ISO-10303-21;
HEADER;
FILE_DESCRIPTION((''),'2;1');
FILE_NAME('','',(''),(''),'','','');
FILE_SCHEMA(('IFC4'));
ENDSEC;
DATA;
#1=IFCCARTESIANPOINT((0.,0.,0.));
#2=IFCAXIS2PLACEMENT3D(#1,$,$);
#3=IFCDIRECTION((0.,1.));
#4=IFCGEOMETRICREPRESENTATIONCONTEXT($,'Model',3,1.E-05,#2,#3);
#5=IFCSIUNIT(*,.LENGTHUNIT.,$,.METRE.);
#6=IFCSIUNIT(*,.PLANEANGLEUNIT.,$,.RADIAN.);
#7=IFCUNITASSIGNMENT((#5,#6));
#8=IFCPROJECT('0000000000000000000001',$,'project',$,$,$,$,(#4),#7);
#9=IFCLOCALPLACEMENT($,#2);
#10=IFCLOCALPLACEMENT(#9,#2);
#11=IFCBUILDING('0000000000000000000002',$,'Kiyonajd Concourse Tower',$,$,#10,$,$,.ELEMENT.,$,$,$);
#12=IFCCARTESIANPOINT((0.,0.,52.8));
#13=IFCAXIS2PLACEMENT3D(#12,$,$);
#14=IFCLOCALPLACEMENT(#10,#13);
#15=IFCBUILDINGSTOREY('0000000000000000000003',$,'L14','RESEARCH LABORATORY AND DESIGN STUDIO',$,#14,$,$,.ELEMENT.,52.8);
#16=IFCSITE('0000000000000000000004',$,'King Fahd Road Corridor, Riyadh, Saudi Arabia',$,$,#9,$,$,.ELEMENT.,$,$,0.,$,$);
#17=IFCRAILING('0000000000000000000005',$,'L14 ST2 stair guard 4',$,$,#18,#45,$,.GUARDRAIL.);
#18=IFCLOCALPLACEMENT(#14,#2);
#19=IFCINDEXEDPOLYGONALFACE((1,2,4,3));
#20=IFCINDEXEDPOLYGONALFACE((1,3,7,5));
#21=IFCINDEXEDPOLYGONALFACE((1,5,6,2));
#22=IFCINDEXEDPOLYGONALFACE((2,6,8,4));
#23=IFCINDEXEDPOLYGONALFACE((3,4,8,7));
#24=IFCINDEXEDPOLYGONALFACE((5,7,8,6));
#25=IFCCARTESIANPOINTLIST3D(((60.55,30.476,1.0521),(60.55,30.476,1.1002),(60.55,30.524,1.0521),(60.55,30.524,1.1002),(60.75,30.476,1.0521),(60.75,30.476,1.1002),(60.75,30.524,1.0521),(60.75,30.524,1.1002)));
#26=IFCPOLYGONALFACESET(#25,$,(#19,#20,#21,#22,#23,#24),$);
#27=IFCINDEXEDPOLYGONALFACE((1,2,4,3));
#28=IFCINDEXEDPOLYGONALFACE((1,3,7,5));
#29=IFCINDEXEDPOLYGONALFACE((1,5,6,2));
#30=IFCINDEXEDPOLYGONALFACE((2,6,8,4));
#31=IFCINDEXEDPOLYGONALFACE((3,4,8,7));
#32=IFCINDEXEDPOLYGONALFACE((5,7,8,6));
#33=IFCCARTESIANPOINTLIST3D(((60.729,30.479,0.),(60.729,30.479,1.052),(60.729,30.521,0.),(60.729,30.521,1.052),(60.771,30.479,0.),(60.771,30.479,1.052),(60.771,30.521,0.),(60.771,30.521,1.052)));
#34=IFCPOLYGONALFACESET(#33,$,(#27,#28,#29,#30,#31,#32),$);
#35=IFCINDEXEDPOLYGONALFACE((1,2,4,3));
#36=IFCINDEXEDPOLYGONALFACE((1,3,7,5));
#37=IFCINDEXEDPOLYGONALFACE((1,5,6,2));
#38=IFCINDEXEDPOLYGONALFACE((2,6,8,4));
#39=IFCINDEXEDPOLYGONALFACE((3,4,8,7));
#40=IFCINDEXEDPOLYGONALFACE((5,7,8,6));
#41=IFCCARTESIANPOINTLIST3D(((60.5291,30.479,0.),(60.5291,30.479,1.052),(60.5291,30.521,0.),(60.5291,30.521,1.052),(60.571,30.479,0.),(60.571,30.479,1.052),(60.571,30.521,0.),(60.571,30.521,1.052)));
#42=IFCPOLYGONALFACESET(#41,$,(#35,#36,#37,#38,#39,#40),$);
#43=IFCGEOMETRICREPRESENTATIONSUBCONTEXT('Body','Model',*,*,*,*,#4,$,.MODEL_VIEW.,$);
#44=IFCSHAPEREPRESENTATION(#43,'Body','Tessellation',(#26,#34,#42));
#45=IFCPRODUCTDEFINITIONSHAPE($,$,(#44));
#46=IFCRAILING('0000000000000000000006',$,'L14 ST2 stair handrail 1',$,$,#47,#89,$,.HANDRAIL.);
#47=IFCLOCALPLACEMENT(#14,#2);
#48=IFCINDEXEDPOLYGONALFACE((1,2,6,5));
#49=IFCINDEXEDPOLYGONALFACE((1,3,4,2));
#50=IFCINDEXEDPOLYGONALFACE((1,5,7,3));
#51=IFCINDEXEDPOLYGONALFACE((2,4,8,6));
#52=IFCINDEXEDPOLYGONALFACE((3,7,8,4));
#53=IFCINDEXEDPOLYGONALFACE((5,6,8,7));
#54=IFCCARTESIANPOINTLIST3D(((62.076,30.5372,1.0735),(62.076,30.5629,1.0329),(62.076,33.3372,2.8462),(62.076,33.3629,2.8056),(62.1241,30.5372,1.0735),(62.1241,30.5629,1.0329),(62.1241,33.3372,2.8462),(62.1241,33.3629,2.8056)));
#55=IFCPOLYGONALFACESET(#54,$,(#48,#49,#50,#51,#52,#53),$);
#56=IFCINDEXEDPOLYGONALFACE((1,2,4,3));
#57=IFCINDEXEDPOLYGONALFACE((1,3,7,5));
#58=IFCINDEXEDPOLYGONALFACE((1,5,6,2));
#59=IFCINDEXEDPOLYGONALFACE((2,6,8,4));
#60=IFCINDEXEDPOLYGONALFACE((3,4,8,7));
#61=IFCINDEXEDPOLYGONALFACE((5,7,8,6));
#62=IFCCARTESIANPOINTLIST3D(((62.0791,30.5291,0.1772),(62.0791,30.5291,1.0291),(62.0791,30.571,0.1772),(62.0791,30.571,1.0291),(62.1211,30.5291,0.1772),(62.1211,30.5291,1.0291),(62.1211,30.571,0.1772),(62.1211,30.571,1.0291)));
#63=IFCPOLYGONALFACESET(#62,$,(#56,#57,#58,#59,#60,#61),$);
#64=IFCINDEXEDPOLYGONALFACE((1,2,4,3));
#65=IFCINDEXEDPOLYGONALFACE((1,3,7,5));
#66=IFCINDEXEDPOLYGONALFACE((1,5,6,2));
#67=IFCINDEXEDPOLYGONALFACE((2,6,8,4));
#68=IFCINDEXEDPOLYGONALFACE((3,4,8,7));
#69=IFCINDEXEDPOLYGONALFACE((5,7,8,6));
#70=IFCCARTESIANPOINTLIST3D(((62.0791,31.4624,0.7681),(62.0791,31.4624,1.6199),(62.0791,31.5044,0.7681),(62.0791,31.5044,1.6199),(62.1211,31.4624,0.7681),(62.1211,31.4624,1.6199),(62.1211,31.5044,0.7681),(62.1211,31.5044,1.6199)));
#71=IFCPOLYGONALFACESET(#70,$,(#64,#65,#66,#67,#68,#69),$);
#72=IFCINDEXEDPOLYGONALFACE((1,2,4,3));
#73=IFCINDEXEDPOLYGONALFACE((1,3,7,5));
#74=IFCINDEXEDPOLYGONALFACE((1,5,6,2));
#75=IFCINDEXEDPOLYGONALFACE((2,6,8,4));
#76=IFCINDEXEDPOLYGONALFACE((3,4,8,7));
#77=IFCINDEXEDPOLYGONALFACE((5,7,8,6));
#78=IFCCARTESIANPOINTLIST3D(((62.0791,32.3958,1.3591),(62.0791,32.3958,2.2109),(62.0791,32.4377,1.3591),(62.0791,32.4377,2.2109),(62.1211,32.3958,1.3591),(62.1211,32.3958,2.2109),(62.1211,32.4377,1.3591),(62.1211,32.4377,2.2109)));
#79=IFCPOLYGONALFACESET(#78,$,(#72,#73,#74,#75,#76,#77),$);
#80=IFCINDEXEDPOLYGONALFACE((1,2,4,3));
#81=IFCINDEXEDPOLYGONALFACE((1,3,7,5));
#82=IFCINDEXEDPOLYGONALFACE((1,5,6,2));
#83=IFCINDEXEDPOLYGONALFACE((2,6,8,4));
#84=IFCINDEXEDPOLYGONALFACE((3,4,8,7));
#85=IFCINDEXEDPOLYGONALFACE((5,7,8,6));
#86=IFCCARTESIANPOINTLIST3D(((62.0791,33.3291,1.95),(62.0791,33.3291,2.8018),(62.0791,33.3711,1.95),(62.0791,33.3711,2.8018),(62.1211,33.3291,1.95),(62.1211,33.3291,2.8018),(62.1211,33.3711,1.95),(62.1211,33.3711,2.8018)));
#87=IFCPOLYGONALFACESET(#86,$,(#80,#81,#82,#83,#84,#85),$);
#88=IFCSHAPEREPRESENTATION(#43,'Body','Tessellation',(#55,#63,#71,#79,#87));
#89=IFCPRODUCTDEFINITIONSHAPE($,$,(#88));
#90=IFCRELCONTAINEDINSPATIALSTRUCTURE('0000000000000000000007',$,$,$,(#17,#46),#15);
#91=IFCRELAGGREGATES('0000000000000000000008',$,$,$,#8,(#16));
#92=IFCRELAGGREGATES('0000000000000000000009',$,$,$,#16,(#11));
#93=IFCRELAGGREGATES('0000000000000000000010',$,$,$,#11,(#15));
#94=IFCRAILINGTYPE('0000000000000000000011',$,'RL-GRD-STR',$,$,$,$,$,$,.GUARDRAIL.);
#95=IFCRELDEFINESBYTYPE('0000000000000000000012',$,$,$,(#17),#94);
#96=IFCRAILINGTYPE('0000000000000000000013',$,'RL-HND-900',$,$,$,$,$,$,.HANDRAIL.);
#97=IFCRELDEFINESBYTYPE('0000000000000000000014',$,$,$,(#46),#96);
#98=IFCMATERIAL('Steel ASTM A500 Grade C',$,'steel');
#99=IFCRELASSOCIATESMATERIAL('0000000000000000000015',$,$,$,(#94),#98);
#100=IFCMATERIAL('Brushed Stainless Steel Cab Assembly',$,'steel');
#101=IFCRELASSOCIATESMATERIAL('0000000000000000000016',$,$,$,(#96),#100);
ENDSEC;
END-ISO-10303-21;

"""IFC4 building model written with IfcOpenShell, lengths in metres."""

from ifc_helpers import new_model, si_unit, direction, frame, origin, origin_2d, place, context, subcontext, project, spatial, rectangle, extrude, material, type_object, element, save


model = new_model("IFC4")

# Units and contexts
model_context = context("Model", 3, precision=1e-05, world=origin(), true_north=direction((0.0, 1.0)))
body_context = subcontext(model_context, "Body", "Model", "MODEL_VIEW")
ifc_project = project(units=[si_unit("LENGTHUNIT", "METRE"), si_unit("PLANEANGLEUNIT", "RADIAN")], contexts=[model_context])

# Site, building, storey
site_placement = place(None, origin())
site = spatial("IfcSite", under=ifc_project, at=site_placement, Name="King Fahd Road Corridor, Riyadh, Saudi Arabia", CompositionType="ELEMENT", RefElevation=0.0)
building_placement = place(site_placement, origin())
building = spatial("IfcBuilding", under=site, at=building_placement, Name="Kiyonajd Concourse Tower", CompositionType="ELEMENT")
storey_placement = place(building_placement, frame((0.0, 0.0, 52.8)))
storey = spatial("IfcBuildingStorey", under=building, at=storey_placement, Name="L14", Description="RESEARCH LABORATORY AND DESIGN STUDIO", CompositionType="ELEMENT", Elevation=52.8)

# Railings
ifc_material_1 = material(Name="Steel ASTM A500 Grade C", Category="steel")
railing_type_1 = type_object("IfcRailingType", Name="RL-GRD-STR", PredefinedType="GUARDRAIL", material=ifc_material_1)
railing_1_placement = place(storey_placement, frame((60.75, 30.5, 0.0)))
element("IfcRailing", 1, at=railing_1_placement, inside=storey, type_object=railing_type_1, Name="L14 ST2 stair guard 4", PredefinedType="GUARDRAIL", context=body_context, shape_type="SweptSolid", body=[
    extrude(rectangle(XDim=0.0481, YDim=0.0481, at=origin_2d()), frame((0.0, 0.0, 1.0762), z_axis=(-1.0, 0.0, 0.0), x_axis=(0.0, -1.0, 0.0)), (0.0, 0.0, 1.0), 0.2),
    extrude(rectangle(XDim=0.042, YDim=0.042, at=origin_2d()), origin(), (0.0, 0.0, 1.0), 1.052),
    extrude(rectangle(XDim=0.042, YDim=0.042, at=origin_2d()), frame((-0.2, 0.0, 0.0)), (0.0, 0.0, 1.0), 1.052),
])
ifc_material_2 = material(Name="Brushed Stainless Steel Cab Assembly", Category="steel")
railing_type_2 = type_object("IfcRailingType", Name="RL-HND-900", PredefinedType="HANDRAIL", material=ifc_material_2)
railing_2_placement = place(storey_placement, frame((62.1001, 30.55, 0.1772)))
element("IfcRailing", 2, at=railing_2_placement, inside=storey, type_object=railing_type_2, Name="L14 ST2 stair handrail 1", PredefinedType="HANDRAIL", context=body_context, shape_type="SweptSolid", body=[
    extrude(rectangle(XDim=0.0481, YDim=0.0481, at=origin_2d()), frame((0.0, 0.0, 0.876), z_axis=(0.0, 0.844909, 0.53491), x_axis=(-1.0, 0.0, 0.0)), (0.0, 0.0, 1.0), 3.314),
    extrude(rectangle(XDim=0.042, YDim=0.042, at=origin_2d()), origin(), (0.0, 0.0, 1.0), 0.8518),
    extrude(rectangle(XDim=0.042, YDim=0.042, at=origin_2d()), frame((0.0, 0.9333, 0.5908)), (0.0, 0.0, 1.0), 0.8518),
    extrude(rectangle(XDim=0.042, YDim=0.042, at=origin_2d()), frame((0.0, 1.8667, 1.1819)), (0.0, 0.0, 1.0), 0.8518),
    extrude(rectangle(XDim=0.042, YDim=0.042, at=origin_2d()), frame((0.0, 2.8, 1.7727)), (0.0, 0.0, 1.0), 0.8518),
])

save(model, "model.ifc")
